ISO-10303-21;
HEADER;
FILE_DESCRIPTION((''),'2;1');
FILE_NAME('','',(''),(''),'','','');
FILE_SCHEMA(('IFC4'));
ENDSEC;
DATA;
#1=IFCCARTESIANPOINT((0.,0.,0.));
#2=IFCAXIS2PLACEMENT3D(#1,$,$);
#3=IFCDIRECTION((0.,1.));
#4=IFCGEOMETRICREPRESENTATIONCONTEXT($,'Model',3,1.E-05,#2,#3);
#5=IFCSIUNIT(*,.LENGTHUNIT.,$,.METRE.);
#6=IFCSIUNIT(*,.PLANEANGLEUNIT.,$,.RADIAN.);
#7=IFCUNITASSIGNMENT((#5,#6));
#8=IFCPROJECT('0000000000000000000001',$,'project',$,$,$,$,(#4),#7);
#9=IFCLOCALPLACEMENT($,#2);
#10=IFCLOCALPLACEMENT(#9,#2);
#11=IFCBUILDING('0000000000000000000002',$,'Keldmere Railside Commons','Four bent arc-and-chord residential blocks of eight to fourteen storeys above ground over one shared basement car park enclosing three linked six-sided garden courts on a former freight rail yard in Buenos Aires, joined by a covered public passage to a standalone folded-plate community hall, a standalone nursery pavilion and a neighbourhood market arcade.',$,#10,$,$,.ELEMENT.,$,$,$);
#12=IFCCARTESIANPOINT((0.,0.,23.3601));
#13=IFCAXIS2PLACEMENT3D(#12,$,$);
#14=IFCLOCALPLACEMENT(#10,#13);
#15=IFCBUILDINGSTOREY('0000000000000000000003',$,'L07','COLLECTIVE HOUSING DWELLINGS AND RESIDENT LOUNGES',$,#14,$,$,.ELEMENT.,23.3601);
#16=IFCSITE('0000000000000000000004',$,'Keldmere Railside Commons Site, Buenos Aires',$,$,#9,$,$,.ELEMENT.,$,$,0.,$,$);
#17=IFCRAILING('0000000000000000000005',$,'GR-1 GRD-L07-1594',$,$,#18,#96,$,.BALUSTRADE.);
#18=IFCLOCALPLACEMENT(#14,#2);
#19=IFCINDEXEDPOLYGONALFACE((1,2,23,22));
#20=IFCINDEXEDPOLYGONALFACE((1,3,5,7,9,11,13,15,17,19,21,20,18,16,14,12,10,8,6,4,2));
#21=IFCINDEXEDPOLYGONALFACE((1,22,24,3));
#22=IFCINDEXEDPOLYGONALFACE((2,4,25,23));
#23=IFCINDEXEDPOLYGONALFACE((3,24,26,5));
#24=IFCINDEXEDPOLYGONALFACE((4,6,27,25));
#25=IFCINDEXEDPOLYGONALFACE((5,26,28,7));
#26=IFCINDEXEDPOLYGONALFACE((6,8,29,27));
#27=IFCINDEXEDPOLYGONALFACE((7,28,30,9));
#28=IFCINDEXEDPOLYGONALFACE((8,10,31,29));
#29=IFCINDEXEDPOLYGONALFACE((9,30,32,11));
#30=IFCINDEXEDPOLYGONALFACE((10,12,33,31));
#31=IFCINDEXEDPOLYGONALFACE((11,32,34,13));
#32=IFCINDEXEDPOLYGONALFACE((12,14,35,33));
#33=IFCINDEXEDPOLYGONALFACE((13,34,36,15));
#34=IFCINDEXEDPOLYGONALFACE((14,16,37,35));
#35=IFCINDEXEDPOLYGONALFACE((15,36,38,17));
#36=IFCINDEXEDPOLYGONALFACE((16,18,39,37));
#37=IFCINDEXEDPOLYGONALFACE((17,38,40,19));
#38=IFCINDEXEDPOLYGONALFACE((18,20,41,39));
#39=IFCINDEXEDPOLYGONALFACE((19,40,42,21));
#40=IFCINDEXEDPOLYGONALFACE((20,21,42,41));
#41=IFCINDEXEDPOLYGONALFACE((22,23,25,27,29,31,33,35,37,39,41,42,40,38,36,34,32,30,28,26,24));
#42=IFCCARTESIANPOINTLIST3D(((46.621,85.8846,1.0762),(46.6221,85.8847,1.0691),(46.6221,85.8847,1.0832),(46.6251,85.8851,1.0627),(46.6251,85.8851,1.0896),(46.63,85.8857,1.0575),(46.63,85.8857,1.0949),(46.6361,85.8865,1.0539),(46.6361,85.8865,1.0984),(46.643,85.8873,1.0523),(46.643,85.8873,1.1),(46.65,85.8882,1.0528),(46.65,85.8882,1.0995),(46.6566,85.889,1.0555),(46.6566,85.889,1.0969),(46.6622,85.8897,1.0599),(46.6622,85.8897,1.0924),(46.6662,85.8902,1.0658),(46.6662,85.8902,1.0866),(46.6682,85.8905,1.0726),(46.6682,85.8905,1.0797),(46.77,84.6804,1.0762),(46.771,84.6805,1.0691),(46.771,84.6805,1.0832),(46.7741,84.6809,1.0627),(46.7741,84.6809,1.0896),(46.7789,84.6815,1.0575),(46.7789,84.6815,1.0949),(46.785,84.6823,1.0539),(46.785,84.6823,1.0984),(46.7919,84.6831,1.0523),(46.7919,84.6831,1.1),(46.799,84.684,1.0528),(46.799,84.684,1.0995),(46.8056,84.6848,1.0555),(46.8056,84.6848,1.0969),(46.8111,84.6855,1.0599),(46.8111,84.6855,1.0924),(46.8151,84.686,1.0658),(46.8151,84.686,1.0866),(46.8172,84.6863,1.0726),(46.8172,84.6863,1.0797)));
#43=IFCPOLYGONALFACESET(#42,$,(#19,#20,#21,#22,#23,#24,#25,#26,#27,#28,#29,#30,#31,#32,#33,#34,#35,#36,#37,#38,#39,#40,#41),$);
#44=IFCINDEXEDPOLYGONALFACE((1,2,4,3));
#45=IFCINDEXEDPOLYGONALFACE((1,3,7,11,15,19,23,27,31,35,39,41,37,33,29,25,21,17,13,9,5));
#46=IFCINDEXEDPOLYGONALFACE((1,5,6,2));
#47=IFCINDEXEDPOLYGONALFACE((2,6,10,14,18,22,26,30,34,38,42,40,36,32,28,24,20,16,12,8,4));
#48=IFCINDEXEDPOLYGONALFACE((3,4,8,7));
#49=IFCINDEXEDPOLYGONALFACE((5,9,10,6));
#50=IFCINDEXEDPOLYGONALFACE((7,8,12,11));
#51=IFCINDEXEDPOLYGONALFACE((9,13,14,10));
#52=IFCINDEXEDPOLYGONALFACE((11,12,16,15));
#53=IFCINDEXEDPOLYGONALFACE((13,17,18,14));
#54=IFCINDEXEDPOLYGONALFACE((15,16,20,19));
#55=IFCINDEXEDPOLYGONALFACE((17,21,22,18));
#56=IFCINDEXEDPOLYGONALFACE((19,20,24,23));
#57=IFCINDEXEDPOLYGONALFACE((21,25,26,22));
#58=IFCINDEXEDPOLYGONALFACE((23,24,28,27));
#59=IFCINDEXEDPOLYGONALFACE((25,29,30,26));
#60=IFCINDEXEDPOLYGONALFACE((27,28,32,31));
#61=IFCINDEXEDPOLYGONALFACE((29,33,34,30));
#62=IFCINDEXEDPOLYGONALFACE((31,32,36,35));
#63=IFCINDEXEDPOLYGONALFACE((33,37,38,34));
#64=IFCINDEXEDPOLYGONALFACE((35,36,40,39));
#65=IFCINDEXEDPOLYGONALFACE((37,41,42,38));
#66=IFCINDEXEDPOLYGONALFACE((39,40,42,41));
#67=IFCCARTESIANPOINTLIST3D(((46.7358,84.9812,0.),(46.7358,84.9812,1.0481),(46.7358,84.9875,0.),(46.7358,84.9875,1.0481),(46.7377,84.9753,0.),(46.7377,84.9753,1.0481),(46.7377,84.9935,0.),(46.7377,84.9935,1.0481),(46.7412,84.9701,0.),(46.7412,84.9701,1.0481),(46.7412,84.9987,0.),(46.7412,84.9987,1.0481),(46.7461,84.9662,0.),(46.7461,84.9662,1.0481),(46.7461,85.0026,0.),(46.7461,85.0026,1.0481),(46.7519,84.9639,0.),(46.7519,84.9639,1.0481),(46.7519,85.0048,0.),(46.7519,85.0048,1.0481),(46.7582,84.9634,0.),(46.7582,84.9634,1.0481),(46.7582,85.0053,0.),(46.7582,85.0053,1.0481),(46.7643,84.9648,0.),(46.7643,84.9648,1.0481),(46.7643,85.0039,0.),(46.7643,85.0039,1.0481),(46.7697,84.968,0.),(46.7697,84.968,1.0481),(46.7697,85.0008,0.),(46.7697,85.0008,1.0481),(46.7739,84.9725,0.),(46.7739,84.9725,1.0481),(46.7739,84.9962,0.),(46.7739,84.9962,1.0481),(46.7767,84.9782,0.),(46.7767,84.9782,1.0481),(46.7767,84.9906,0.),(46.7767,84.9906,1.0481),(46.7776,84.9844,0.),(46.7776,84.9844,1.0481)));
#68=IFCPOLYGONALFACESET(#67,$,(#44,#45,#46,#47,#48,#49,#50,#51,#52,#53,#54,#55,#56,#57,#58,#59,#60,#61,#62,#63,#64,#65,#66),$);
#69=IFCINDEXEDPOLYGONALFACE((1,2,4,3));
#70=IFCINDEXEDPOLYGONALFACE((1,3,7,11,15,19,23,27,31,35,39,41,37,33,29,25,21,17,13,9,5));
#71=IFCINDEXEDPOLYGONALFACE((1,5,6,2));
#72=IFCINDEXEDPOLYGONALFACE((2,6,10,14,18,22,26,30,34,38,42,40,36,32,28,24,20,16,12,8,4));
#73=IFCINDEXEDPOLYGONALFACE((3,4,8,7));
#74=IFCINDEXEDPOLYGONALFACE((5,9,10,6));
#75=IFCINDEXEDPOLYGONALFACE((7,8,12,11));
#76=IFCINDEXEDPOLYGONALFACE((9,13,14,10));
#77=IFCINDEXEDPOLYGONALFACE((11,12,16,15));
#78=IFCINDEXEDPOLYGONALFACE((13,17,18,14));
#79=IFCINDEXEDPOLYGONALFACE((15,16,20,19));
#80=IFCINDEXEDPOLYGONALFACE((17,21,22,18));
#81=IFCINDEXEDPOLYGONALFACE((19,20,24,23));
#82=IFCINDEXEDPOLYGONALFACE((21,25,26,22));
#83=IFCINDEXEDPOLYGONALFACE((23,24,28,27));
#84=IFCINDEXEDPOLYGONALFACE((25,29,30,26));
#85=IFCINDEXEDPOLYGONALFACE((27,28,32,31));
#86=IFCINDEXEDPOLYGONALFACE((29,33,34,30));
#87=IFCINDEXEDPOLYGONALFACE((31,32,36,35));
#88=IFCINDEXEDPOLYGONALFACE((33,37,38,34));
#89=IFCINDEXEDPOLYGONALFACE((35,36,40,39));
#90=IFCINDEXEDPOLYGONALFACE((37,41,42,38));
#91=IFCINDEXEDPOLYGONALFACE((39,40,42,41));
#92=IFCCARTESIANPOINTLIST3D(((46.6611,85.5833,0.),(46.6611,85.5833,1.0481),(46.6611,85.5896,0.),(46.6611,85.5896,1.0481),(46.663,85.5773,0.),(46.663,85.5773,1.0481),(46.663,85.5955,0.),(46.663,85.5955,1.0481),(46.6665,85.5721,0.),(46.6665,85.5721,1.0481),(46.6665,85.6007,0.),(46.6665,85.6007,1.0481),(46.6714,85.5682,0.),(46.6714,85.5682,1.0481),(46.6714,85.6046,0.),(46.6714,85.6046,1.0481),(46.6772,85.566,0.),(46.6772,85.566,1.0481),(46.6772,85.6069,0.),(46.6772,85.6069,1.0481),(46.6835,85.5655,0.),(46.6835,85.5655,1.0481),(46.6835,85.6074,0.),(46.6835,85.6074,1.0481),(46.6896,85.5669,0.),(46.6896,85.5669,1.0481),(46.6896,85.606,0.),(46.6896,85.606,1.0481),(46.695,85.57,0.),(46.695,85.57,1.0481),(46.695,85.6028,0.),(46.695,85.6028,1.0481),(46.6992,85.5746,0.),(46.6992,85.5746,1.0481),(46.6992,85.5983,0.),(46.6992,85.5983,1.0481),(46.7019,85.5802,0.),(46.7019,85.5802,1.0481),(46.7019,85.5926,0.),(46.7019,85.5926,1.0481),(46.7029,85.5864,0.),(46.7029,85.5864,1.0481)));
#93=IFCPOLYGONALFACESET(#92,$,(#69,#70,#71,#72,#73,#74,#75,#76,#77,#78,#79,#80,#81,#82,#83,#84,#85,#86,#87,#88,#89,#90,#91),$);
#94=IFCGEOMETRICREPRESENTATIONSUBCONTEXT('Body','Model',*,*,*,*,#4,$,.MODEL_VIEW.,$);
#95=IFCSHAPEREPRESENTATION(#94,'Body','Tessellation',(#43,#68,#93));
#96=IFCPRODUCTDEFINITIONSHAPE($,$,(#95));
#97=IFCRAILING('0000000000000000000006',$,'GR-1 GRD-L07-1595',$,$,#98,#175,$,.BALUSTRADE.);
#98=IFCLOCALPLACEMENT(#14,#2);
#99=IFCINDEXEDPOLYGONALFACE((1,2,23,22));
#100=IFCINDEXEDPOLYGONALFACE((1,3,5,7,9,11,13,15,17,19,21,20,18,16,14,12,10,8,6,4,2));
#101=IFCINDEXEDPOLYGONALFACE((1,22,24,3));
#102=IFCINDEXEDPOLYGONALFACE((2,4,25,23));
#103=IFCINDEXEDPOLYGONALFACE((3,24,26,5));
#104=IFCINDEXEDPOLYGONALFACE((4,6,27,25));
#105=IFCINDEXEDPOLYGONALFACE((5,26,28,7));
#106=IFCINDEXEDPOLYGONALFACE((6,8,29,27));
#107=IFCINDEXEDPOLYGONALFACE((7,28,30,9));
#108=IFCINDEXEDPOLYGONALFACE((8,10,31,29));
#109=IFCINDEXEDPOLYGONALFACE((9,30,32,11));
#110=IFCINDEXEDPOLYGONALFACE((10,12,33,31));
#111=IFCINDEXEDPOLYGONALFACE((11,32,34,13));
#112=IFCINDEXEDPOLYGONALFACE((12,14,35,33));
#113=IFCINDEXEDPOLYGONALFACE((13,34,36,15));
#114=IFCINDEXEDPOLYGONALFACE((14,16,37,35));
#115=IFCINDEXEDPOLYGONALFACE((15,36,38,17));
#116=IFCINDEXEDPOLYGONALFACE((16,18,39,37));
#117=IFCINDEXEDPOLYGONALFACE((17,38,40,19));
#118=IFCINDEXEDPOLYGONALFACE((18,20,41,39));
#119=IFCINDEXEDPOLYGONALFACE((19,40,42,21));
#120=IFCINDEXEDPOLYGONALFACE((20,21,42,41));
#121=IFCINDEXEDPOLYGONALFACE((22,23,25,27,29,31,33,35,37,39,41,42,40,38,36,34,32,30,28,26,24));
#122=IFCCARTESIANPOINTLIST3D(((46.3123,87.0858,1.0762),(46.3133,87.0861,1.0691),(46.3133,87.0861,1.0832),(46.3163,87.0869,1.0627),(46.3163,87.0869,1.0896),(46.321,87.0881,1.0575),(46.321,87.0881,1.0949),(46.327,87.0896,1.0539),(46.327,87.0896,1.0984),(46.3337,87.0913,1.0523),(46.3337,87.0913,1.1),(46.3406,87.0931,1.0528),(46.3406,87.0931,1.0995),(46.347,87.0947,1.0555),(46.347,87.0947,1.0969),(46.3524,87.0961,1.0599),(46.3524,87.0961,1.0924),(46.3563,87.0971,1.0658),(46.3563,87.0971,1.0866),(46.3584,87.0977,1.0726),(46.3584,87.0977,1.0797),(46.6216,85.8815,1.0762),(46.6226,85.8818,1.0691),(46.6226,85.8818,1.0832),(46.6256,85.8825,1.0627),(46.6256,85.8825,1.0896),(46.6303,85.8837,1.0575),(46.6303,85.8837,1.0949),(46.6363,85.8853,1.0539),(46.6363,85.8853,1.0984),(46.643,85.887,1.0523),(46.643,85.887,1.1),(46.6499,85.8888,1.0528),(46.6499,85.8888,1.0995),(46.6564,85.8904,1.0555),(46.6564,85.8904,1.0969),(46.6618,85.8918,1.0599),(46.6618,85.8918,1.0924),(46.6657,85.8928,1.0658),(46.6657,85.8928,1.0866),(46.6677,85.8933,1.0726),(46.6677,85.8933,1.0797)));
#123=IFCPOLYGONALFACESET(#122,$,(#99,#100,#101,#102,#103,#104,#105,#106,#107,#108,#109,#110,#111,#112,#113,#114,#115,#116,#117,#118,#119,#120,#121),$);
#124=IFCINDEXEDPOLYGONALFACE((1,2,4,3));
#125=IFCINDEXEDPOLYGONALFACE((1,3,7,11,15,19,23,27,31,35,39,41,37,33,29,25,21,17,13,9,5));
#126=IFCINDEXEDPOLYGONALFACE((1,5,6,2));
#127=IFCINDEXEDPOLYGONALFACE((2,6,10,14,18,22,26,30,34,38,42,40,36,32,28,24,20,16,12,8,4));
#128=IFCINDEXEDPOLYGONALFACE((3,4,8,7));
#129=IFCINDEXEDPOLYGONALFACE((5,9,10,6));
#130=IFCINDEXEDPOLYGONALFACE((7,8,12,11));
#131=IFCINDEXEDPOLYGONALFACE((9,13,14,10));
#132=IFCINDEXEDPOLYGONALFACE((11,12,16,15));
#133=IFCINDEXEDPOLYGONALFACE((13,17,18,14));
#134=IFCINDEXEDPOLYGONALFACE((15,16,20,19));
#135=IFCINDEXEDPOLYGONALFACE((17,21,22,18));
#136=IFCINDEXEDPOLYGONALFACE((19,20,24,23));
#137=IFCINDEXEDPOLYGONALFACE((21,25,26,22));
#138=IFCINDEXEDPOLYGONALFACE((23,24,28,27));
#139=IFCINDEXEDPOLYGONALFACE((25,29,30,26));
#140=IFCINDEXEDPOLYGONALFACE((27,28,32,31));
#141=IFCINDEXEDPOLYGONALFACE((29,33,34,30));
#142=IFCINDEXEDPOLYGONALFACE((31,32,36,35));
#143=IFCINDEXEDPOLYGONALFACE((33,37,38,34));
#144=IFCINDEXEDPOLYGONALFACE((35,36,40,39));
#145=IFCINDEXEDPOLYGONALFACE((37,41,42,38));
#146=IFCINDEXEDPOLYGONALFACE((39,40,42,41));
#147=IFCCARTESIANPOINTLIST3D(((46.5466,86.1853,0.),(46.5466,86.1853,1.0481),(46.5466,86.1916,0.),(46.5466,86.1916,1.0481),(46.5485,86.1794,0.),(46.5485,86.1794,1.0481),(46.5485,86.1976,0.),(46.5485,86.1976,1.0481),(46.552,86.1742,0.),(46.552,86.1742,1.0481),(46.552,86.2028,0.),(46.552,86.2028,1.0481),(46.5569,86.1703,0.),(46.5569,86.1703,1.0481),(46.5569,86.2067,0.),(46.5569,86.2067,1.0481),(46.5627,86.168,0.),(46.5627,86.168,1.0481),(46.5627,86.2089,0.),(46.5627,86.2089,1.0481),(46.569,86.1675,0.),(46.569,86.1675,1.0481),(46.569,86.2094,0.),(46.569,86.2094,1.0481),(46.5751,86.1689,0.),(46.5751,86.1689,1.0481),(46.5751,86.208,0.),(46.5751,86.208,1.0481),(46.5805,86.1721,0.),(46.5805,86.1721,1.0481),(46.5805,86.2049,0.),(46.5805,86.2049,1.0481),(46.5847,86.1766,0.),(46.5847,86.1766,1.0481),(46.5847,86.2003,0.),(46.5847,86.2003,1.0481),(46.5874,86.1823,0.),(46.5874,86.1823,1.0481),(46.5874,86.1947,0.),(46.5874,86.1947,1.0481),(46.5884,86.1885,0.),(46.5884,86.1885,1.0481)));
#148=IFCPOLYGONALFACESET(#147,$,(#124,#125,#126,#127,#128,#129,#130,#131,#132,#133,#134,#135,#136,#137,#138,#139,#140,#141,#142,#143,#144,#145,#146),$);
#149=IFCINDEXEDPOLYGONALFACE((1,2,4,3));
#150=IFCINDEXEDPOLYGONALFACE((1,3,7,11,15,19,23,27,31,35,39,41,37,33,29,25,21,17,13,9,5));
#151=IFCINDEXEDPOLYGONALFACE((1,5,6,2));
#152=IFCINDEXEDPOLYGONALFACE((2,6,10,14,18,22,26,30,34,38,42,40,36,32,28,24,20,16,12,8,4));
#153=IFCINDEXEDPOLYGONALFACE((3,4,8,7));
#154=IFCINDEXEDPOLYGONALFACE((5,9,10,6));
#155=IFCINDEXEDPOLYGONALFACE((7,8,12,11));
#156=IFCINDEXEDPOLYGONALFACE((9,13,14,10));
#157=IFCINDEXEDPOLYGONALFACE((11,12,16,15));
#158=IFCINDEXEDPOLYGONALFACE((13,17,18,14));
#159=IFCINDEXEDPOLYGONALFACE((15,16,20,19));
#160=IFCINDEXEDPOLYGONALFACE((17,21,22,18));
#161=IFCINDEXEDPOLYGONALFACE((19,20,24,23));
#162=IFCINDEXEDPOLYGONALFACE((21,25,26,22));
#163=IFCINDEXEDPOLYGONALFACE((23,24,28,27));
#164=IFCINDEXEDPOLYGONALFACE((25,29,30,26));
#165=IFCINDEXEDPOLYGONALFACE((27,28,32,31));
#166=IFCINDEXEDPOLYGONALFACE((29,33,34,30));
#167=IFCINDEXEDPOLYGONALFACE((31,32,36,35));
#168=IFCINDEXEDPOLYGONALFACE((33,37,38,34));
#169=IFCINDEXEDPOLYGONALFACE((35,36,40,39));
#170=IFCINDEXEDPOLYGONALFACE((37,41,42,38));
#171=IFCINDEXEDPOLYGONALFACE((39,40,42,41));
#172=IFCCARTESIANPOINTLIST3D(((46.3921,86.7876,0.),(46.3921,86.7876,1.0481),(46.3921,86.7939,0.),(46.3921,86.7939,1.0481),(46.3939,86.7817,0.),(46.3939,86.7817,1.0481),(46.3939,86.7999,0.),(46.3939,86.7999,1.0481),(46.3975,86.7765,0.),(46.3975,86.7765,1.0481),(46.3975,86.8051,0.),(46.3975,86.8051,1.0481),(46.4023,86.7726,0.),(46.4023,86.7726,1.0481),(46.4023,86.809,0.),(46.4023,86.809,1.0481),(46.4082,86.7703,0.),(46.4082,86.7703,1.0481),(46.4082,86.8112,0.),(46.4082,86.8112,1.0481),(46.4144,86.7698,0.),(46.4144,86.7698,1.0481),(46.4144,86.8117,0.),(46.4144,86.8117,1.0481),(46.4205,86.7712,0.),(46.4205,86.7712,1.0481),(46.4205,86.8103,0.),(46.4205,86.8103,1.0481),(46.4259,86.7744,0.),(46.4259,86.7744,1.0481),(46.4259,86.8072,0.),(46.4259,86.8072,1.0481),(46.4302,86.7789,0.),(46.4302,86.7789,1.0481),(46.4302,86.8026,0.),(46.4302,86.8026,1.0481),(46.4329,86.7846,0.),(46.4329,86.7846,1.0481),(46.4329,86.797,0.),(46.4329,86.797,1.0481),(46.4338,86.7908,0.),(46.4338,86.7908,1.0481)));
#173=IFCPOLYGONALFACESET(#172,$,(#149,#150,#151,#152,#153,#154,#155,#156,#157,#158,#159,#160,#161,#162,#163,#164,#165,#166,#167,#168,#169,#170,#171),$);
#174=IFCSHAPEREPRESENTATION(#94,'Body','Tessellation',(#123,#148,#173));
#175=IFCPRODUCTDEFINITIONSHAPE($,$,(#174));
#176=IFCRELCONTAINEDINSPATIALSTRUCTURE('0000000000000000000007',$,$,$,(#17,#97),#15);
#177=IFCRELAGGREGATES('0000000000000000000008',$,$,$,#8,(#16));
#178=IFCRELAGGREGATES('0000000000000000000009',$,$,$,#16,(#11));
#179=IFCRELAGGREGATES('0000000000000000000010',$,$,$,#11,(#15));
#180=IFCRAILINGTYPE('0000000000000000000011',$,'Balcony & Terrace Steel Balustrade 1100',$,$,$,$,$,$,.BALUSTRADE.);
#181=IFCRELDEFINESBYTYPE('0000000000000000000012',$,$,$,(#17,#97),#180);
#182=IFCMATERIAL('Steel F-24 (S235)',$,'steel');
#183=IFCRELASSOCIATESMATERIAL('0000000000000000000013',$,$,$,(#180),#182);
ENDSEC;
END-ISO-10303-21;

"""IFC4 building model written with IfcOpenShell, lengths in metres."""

from ifc_helpers import new_model, si_unit, direction, frame, origin, origin_2d, place, context, subcontext, project, spatial, circle, extrude, material, type_object, element, save


model = new_model("IFC4")

# Units and contexts
model_context = context("Model", 3, precision=1e-05, world=origin(), true_north=direction((0.0, 1.0)))
body_context = subcontext(model_context, "Body", "Model", "MODEL_VIEW")
ifc_project = project(units=[si_unit("LENGTHUNIT", "METRE"), si_unit("PLANEANGLEUNIT", "RADIAN")], contexts=[model_context])

# Site, building, storey
site_placement = place(None, origin())
site = spatial("IfcSite", under=ifc_project, at=site_placement, Name="Keldmere Railside Commons Site, Buenos Aires", CompositionType="ELEMENT", RefElevation=0.0)
building_placement = place(site_placement, origin())
building = spatial("IfcBuilding", under=site, at=building_placement, Name="Keldmere Railside Commons", Description="Four bent arc-and-chord residential blocks of eight to fourteen storeys above ground over one shared basement car park enclosing three linked six-sided garden courts on a former freight rail yard in Buenos Aires, joined by a covered public passage to a standalone folded-plate community hall, a standalone nursery pavilion and a neighbourhood market arcade.", CompositionType="ELEMENT")
storey_placement = place(building_placement, frame((0.0, 0.0, 23.3601)))
storey = spatial("IfcBuildingStorey", under=building, at=storey_placement, Name="L07", Description="COLLECTIVE HOUSING DWELLINGS AND RESIDENT LOUNGES", CompositionType="ELEMENT", Elevation=23.3601)

# Railings
ifc_material_1 = material(Name="Steel F-24 (S235)", Category="steel")
railing_type = type_object("IfcRailingType", Name="Balcony & Terrace Steel Balustrade 1100", PredefinedType="BALUSTRADE", material=ifc_material_1)
railing_1_placement = place(storey_placement, frame((46.7937, 84.6833, 0.0)))
element("IfcRailing", 1, at=railing_1_placement, inside=storey, type_object=railing_type, Name="GR-1 GRD-L07-1594", PredefinedType="BALUSTRADE", context=body_context, shape_type="SweptSolid", body=[
    extrude(circle(Radius=0.0239, at=origin_2d()), frame((0.0, 0.0, 1.0762), z_axis=(-0.122747, 0.992438, 0.0), x_axis=(-0.992438, -0.122747, 0.0)), (0.0, 0.0, 1.0), 1.2134),
    extrude(circle(Radius=0.021, at=origin_2d()), frame((-0.0371, 0.301, 0.0)), (0.0, 0.0, 1.0), 1.0481),
    extrude(circle(Radius=0.021, at=origin_2d()), frame((-0.1118, 0.9031, 0.0)), (0.0, 0.0, 1.0), 1.0481),
])
railing_2_placement = place(storey_placement, frame((46.6448, 85.8875, 0.0)))
element("IfcRailing", 2, at=railing_2_placement, inside=storey, type_object=railing_type, Name="GR-1 GRD-L07-1595", PredefinedType="BALUSTRADE", context=body_context, shape_type="SweptSolid", body=[
    extrude(circle(Radius=0.0239, at=origin_2d()), frame((0.0, 0.0, 1.0762), z_axis=(-0.248767, 0.968563, 0.0), x_axis=(-0.968563, -0.248767, 0.0)), (0.0, 0.0, 1.0), 1.2434),
    extrude(circle(Radius=0.021, at=origin_2d()), frame((-0.0774, 0.301, 0.0)), (0.0, 0.0, 1.0), 1.0481),
    extrude(circle(Radius=0.021, at=origin_2d()), frame((-0.2319, 0.9033, 0.0)), (0.0, 0.0, 1.0), 1.0481),
])

save(model, "model.ifc")
